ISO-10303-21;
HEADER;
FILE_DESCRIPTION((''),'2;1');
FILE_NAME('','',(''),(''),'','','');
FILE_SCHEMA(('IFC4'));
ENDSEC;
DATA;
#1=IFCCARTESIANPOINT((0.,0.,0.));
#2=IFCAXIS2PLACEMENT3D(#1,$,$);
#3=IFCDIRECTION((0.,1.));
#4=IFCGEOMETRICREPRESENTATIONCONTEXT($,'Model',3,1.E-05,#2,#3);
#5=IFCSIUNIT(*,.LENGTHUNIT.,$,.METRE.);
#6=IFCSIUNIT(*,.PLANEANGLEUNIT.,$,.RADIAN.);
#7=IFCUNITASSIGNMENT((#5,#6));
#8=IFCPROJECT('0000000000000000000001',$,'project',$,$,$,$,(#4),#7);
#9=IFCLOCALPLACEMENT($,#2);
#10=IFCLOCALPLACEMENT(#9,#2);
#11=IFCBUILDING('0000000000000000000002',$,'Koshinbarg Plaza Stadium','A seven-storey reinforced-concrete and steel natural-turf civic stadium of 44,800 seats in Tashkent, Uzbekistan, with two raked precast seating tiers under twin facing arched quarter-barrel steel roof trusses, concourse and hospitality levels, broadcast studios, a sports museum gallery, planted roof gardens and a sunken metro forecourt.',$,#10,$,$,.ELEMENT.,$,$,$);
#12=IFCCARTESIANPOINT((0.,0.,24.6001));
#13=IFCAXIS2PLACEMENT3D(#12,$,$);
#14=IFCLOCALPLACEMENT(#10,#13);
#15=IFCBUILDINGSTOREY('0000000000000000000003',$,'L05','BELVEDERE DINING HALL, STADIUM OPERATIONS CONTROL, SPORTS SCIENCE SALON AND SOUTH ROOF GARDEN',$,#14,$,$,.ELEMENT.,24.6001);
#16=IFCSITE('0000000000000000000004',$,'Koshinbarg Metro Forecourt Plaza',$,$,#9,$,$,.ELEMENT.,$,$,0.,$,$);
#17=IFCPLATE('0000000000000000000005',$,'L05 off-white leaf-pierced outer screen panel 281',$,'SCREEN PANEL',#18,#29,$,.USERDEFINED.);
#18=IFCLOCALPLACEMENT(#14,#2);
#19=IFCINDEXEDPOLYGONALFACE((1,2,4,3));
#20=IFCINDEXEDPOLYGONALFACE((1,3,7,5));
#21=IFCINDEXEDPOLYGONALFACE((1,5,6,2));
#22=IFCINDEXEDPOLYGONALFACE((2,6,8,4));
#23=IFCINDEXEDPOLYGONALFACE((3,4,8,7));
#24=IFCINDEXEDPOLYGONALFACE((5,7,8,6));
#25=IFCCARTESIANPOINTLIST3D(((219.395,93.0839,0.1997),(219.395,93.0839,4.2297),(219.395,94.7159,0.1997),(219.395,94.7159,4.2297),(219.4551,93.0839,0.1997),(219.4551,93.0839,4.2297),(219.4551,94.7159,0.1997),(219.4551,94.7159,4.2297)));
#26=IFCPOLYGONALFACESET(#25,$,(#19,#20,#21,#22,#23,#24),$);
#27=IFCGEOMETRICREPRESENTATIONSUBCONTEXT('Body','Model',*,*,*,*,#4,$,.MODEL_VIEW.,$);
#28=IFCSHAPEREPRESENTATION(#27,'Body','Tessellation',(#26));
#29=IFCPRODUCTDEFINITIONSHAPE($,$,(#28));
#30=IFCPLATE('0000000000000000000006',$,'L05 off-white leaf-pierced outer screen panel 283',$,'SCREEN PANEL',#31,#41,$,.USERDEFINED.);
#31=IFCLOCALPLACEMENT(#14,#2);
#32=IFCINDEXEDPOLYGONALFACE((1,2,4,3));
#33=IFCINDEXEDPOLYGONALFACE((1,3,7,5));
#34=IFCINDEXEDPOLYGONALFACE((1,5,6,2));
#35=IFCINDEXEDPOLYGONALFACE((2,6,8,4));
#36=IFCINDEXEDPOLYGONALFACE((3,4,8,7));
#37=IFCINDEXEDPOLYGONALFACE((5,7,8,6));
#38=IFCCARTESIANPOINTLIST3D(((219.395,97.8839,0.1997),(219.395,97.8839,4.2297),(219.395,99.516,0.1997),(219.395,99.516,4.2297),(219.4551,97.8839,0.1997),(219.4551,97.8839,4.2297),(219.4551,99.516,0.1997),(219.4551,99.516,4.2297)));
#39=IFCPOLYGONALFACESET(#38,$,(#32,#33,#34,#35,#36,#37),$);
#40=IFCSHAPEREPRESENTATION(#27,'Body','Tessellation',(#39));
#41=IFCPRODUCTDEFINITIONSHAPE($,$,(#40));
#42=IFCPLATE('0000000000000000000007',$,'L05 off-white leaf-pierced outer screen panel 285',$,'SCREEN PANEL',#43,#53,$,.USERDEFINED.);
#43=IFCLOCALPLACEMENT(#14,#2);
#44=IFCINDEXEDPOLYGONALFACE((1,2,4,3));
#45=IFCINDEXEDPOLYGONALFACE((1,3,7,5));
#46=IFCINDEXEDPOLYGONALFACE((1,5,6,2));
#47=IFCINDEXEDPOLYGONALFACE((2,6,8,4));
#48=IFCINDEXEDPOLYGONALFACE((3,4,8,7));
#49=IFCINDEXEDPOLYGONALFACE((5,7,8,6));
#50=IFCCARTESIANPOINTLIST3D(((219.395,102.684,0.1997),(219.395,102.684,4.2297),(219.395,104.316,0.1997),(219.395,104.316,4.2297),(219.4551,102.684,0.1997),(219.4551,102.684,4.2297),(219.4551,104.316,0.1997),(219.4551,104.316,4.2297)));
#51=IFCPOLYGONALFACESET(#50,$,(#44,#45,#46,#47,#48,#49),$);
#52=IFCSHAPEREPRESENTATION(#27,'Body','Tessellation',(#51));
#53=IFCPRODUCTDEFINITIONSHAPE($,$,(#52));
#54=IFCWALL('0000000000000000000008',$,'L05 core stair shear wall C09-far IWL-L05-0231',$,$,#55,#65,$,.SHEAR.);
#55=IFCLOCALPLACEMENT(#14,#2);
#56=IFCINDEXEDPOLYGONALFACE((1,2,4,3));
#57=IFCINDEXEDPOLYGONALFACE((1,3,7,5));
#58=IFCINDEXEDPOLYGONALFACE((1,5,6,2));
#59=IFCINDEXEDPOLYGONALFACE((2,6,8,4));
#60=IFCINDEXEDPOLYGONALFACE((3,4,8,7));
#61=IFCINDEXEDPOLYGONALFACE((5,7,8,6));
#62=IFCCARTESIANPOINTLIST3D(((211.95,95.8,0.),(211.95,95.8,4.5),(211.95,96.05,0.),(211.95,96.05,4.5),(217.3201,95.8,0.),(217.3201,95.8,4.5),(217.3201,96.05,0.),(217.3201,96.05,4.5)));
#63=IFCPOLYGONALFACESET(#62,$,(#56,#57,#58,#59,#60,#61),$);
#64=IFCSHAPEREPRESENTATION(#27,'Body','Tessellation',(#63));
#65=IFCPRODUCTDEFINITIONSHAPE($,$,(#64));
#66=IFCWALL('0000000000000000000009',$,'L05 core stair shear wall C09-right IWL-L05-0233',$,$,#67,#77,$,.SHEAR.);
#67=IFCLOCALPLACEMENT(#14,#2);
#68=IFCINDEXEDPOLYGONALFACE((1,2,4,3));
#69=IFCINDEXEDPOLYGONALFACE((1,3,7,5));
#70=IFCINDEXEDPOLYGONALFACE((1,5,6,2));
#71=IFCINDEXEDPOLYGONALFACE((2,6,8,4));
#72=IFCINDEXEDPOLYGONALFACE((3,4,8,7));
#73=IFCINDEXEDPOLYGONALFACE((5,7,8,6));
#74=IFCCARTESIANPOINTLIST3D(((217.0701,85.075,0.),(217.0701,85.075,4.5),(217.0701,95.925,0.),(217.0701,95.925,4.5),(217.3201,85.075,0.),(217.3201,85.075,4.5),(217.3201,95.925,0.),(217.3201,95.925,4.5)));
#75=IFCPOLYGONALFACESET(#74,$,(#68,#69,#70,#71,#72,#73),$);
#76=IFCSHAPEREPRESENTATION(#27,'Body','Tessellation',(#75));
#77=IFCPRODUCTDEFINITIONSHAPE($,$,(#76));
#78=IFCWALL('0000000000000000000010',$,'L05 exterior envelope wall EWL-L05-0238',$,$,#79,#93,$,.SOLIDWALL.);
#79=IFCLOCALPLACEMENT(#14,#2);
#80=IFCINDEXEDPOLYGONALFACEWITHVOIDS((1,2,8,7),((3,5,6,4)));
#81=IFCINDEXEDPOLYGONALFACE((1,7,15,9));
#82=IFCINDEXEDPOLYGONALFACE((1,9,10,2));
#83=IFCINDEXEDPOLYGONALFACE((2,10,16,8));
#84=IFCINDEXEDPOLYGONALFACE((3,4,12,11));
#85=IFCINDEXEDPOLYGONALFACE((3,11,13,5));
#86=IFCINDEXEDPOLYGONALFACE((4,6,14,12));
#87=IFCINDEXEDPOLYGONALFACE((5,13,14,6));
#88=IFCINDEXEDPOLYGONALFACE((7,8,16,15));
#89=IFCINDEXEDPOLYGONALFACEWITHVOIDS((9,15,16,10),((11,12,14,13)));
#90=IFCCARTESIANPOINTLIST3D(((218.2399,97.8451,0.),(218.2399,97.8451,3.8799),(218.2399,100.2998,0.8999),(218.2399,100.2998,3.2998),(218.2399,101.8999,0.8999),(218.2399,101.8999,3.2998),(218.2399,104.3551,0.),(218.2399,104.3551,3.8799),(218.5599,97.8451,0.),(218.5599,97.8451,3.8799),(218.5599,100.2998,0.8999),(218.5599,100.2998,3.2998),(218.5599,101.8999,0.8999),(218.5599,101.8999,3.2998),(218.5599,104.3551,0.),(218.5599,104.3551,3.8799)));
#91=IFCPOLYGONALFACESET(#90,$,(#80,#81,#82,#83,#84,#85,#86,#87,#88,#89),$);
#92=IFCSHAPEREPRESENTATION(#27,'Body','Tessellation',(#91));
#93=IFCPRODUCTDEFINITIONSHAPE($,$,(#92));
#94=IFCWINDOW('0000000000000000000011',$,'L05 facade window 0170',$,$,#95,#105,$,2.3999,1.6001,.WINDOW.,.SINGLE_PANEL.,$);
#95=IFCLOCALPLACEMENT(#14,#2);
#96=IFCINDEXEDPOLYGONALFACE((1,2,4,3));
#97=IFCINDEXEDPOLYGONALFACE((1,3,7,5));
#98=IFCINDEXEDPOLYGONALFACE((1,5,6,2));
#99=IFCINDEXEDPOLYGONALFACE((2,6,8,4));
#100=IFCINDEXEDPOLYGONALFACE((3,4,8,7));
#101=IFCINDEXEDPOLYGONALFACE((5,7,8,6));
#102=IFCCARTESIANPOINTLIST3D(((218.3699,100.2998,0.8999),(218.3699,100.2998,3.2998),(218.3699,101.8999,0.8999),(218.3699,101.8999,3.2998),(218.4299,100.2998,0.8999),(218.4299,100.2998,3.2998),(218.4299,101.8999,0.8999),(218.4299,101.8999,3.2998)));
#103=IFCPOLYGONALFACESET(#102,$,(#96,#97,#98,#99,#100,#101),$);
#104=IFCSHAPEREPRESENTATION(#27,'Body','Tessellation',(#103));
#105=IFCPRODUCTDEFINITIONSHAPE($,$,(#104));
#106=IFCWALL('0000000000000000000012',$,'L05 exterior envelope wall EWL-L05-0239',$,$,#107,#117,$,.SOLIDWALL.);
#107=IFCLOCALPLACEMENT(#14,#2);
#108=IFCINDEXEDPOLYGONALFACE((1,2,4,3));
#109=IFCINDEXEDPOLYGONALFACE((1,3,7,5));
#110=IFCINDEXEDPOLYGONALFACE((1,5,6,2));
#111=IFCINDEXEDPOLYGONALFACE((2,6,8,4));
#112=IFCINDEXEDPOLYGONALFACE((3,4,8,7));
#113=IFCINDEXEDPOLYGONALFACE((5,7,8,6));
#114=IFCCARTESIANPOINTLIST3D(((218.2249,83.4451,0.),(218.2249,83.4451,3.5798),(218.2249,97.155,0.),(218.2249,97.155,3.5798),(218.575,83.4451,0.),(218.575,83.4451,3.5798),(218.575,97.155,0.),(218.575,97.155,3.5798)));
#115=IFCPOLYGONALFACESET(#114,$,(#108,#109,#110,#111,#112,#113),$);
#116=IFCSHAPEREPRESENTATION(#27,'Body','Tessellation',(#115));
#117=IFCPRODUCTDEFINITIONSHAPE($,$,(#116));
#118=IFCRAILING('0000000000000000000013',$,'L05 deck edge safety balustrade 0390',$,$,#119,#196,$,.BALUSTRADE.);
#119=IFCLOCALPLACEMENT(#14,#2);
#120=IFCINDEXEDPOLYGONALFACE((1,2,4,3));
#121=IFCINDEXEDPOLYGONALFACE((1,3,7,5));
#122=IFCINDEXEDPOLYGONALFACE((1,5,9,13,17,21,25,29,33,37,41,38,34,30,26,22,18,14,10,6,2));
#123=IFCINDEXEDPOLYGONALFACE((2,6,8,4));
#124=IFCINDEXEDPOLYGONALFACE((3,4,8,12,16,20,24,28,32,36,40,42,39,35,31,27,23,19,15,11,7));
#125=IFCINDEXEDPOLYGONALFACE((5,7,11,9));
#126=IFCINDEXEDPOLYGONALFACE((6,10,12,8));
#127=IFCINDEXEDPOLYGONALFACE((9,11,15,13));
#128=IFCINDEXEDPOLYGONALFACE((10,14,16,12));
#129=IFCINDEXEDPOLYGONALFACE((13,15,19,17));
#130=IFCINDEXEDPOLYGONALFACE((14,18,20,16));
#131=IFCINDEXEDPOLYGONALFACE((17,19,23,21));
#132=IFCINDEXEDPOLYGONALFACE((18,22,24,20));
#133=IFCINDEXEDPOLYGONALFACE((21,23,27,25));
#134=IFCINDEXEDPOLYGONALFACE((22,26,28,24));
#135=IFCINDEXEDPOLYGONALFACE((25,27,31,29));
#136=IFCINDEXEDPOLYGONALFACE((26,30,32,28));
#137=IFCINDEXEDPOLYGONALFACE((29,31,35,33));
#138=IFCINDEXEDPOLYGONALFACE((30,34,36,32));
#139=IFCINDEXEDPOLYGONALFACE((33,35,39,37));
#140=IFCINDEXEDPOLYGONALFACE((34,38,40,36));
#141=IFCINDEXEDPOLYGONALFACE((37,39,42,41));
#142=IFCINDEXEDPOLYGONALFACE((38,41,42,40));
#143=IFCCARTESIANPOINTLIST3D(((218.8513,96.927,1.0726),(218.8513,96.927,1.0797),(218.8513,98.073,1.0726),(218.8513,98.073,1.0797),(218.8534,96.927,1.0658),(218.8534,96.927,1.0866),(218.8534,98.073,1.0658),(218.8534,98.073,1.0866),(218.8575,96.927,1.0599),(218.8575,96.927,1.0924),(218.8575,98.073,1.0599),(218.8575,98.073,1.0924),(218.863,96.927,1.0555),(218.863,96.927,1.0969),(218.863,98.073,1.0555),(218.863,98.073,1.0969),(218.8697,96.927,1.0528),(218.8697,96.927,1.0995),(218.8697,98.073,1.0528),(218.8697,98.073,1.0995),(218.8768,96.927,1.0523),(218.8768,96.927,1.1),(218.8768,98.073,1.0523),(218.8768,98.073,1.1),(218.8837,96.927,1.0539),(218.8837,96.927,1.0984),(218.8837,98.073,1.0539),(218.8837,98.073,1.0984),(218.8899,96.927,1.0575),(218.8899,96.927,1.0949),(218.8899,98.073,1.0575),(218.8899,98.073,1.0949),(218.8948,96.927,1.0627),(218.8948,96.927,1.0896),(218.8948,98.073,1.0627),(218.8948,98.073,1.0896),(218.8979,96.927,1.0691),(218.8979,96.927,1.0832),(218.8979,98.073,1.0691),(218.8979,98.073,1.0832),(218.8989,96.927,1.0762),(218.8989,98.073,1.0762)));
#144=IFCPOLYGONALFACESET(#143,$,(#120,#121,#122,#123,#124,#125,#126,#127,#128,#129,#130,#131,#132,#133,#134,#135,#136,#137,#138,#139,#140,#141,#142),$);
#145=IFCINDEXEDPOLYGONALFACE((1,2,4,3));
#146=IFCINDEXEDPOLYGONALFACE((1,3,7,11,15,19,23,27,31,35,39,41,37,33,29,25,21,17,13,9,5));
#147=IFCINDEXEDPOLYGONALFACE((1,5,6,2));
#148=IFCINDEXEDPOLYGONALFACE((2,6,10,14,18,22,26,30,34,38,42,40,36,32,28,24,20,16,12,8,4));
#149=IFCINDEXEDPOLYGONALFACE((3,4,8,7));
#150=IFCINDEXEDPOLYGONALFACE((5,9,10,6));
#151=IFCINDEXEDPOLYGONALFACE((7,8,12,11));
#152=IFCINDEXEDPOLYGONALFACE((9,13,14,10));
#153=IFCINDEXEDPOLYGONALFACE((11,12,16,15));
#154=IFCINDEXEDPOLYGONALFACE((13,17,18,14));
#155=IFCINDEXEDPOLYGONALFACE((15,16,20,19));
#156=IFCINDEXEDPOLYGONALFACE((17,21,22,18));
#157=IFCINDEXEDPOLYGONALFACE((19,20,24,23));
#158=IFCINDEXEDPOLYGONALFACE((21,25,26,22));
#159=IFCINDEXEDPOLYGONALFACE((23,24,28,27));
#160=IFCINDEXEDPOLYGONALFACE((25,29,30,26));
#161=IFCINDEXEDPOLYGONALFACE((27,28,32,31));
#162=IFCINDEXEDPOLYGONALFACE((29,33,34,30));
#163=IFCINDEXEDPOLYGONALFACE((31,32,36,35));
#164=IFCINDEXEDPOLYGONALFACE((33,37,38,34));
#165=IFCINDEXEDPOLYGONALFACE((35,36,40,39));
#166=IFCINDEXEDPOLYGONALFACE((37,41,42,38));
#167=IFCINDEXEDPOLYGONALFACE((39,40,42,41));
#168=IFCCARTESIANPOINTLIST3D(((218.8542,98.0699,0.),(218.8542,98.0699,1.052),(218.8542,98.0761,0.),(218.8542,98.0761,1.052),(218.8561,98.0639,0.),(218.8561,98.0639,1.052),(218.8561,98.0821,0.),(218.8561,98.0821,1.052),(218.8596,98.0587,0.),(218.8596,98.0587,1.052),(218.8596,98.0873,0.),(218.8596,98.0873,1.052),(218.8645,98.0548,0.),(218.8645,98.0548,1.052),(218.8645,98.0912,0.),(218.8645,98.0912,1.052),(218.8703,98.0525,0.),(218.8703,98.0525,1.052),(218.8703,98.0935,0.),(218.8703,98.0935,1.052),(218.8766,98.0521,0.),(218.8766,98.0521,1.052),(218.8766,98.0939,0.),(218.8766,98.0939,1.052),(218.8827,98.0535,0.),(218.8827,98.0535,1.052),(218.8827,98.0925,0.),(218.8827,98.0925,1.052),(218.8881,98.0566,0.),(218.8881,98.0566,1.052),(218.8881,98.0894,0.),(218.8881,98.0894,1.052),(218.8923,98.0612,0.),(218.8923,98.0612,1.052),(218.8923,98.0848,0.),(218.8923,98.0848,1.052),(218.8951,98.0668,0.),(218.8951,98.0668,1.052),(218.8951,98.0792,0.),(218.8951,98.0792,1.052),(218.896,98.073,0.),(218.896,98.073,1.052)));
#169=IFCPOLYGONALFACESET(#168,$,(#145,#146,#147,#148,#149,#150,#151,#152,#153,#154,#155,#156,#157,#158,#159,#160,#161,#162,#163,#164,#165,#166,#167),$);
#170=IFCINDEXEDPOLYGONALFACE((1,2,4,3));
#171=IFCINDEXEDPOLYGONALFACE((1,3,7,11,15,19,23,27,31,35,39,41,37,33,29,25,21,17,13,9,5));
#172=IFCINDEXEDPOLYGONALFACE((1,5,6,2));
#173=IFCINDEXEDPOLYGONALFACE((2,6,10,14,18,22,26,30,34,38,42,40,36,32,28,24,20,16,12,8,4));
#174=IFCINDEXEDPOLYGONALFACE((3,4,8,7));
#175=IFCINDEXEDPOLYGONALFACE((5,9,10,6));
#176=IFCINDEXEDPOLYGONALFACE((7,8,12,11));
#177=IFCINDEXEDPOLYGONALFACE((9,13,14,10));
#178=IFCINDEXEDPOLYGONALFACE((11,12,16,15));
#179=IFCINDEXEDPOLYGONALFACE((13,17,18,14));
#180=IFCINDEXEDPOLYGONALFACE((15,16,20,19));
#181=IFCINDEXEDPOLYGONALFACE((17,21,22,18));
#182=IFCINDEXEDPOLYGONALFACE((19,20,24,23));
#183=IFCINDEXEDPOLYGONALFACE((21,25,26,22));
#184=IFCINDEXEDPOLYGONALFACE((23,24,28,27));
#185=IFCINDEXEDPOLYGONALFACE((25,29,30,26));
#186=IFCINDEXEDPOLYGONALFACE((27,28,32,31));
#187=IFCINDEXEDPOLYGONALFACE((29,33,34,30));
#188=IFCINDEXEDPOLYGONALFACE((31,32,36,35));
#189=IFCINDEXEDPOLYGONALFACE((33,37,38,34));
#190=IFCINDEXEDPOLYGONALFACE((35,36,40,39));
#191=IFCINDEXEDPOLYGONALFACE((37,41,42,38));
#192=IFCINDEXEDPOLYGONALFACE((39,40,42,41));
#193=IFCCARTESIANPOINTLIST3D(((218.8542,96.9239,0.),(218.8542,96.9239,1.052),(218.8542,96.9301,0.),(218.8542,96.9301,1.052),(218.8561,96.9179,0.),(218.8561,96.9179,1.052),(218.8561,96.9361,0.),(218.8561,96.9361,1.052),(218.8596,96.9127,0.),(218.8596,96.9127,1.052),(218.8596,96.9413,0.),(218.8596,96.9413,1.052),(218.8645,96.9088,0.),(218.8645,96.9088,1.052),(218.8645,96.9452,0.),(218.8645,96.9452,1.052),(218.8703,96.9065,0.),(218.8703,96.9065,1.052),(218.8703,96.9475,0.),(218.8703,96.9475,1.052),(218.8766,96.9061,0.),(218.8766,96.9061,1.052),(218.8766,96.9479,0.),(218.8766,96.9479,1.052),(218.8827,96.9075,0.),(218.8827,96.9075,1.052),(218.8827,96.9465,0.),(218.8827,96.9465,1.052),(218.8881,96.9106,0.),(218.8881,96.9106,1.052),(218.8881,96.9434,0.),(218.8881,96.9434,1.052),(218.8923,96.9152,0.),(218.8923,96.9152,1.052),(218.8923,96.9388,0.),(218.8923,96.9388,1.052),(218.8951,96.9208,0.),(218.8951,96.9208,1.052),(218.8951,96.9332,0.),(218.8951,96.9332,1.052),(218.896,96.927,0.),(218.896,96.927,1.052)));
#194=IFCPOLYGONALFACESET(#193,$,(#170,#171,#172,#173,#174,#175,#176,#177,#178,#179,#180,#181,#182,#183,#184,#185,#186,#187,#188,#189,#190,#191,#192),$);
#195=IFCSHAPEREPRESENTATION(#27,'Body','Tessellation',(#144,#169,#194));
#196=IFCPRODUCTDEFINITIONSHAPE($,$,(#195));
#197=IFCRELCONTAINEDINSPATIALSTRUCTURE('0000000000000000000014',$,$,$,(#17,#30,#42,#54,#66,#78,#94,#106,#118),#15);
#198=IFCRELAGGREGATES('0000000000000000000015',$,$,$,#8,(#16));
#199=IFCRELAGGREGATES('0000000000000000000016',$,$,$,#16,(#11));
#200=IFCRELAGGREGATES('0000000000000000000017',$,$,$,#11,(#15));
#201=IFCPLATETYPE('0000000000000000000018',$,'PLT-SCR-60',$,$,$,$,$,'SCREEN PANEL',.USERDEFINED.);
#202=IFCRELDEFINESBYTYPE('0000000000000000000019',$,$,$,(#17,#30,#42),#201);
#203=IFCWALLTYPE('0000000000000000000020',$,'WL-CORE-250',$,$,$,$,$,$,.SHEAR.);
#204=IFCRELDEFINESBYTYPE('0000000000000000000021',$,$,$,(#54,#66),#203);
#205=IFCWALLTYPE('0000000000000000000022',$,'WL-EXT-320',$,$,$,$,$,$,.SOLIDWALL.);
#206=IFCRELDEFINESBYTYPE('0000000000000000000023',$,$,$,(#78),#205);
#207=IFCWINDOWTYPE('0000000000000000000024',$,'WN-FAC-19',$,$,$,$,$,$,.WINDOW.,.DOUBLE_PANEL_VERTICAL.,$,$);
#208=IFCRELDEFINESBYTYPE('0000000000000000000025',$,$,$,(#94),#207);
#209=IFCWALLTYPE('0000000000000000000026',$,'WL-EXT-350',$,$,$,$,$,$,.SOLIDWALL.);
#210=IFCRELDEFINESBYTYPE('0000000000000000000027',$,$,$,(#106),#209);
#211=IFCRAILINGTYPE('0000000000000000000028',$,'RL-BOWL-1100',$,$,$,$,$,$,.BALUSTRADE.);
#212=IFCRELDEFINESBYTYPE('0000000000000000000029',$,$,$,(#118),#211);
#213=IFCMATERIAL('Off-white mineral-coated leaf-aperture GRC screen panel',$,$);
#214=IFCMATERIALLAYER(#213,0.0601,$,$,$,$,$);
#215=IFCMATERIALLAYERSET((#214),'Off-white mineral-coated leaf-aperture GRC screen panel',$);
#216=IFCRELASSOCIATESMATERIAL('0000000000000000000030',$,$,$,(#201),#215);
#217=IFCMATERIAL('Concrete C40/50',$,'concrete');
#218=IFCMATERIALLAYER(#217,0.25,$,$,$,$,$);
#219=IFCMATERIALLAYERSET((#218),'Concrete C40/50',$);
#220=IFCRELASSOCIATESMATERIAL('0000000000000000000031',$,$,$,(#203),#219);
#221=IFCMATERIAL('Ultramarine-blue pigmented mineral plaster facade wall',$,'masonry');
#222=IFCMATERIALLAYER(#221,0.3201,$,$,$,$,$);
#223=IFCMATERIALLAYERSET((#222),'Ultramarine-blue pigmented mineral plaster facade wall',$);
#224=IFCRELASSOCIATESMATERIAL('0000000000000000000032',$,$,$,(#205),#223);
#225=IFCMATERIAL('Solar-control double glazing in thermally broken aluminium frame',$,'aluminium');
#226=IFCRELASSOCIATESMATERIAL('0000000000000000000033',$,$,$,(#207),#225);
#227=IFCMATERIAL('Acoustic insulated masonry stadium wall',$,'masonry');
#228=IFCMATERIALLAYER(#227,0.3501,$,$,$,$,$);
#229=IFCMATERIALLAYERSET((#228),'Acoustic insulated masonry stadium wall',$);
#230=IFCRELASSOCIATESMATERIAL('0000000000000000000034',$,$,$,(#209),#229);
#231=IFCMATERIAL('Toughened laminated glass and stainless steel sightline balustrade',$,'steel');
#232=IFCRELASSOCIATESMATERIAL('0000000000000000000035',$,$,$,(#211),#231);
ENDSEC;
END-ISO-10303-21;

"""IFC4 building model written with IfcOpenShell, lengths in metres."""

from ifc_helpers import new_model, si_unit, direction, frame, frame_2d, origin, origin_2d, place, context, subcontext, project, spatial, rectangle, circle, extrude, material, layer, layer_set, type_object, element, fill, save


model = new_model("IFC4")

# Units and contexts
model_context = context("Model", 3, precision=1e-05, world=origin(), true_north=direction((0.0, 1.0)))
body_context = subcontext(model_context, "Body", "Model", "MODEL_VIEW")
ifc_project = project(units=[si_unit("LENGTHUNIT", "METRE"), si_unit("PLANEANGLEUNIT", "RADIAN")], contexts=[model_context])

# Site, building, storey
site_placement = place(None, origin())
site = spatial("IfcSite", under=ifc_project, at=site_placement, Name="Koshinbarg Metro Forecourt Plaza", CompositionType="ELEMENT", RefElevation=0.0)
building_placement = place(site_placement, origin())
building = spatial("IfcBuilding", under=site, at=building_placement, Name="Koshinbarg Plaza Stadium", Description="A seven-storey reinforced-concrete and steel natural-turf civic stadium of 44,800 seats in Tashkent, Uzbekistan, with two raked precast seating tiers under twin facing arched quarter-barrel steel roof trusses, concourse and hospitality levels, broadcast studios, a sports museum gallery, planted roof gardens and a sunken metro forecourt.", CompositionType="ELEMENT")
storey_placement = place(building_placement, frame((0.0, 0.0, 24.6001)))
storey = spatial("IfcBuildingStorey", under=building, at=storey_placement, Name="L05", Description="BELVEDERE DINING HALL, STADIUM OPERATIONS CONTROL, SPORTS SCIENCE SALON AND SOUTH ROOF GARDEN", CompositionType="ELEMENT", Elevation=24.6001)

# Shared definitions
ifc_material_1 = material(Name="Concrete C40/50", Category="concrete")

# Plates
ifc_material_2 = material(Name="Off-white mineral-coated leaf-aperture GRC screen panel")
ifc_layer_1 = layer(ifc_material_2, 0.0601)
ifc_layer_set_1 = layer_set([ifc_layer_1], Name="Off-white mineral-coated leaf-aperture GRC screen panel")
plate_type_1 = type_object("IfcPlateType", Name="PLT-SCR-60", ElementType="SCREEN PANEL", PredefinedType="USERDEFINED", material=ifc_layer_set_1)
for number, where, z_axis, x_axis, name in (
    (1, (219.425, 93.8999, 0.1997), (0.0, 0.0, 1.0), (1.0, 0.0, 0.0), "L05 off-white leaf-pierced outer screen panel 281"),
    (2, (219.425, 98.7, 0.1997), (0.0, 0.0, 1.0), (1.0, 0.0, 0.0), "L05 off-white leaf-pierced outer screen panel 283"),
    (3, (219.425, 103.5, 0.1997), (0.0, 0.0, 1.0), (1.0, 0.0, 0.0), "L05 off-white leaf-pierced outer screen panel 285"),
):
    element("IfcPlate", number, at=place(storey_placement, frame(where, z_axis=z_axis, x_axis=x_axis)), inside=storey, type_object=plate_type_1, Name=name, ObjectType="SCREEN PANEL", PredefinedType="USERDEFINED", context=body_context, shape_type="SweptSolid", body=[
        extrude(rectangle(XDim=0.0601, YDim=1.6321, at=origin_2d()), origin(), (0.0, 0.0, 1.0), 4.03),
    ])

# Walls
ifc_layer_2 = layer(ifc_material_1, 0.25)
ifc_layer_set_2 = layer_set([ifc_layer_2], Name="Concrete C40/50")
wall_type_1 = type_object("IfcWallType", Name="WL-CORE-250", PredefinedType="SHEAR", material=ifc_layer_set_2)
wall_1_placement = place(storey_placement, frame((217.3201, 95.925, 0.0), z_axis=(0.0, 0.0, 1.0), x_axis=(-1.0, 0.0, 0.0)))
element("IfcWall", 4, at=wall_1_placement, inside=storey, type_object=wall_type_1, Name="L05 core stair shear wall C09-far IWL-L05-0231", PredefinedType="SHEAR", context=body_context, shape_type="SweptSolid", body=[
    extrude(rectangle(XDim=5.3701, YDim=0.25, at=frame_2d((2.6851, 0.0))), origin(), (0.0, 0.0, 1.0), 4.5),
])
wall_2_placement = place(storey_placement, frame((217.1951, 85.075, 0.0), z_axis=(0.0, 0.0, 1.0), x_axis=(0.0, 1.0, 0.0)))
element("IfcWall", 5, at=wall_2_placement, inside=storey, type_object=wall_type_1, Name="L05 core stair shear wall C09-right IWL-L05-0233", PredefinedType="SHEAR", context=body_context, shape_type="SweptSolid", body=[
    extrude(rectangle(XDim=10.8501, YDim=0.25, at=frame_2d((5.425, 0.0))), origin(), (0.0, 0.0, 1.0), 4.5),
])

# Wall, opening, window
ifc_material_3 = material(Name="Ultramarine-blue pigmented mineral plaster facade wall", Category="masonry")
ifc_layer_3 = layer(ifc_material_3, 0.3201)
ifc_layer_set_3 = layer_set([ifc_layer_3], Name="Ultramarine-blue pigmented mineral plaster facade wall")
wall_type_2 = type_object("IfcWallType", Name="WL-EXT-320", PredefinedType="SOLIDWALL", material=ifc_layer_set_3)
wall_3_placement = place(storey_placement, frame((218.3999, 104.355, 0.0), z_axis=(0.0, 0.0, 1.0), x_axis=(0.0, -1.0, 0.0)))
wall_3 = element("IfcWall", 6, at=wall_3_placement, inside=storey, type_object=wall_type_2, Name="L05 exterior envelope wall EWL-L05-0238", PredefinedType="SOLIDWALL", context=body_context, shape_type="SweptSolid", body=[
    extrude(rectangle(XDim=6.51, YDim=0.3201, at=frame_2d((3.2549, 0.0))), origin(), (0.0, 0.0, 1.0), 3.8799),
])
opening_placement = place(wall_3_placement, frame((2.4551, 0.0, 0.8999)))
opening = element("IfcOpeningElement", 7, at=opening_placement, cuts=wall_3, PredefinedType="OPENING", context=body_context, shape_type="SweptSolid", body=[
    extrude(rectangle(XDim=1.6001, YDim=2.3999, at=frame_2d((0.8, 1.2))), frame((0.0, 0.1699, 0.0), z_axis=(0.0, -1.0, 0.0), x_axis=(1.0, 0.0, 0.0)), (0.0, 0.0, 1.0), 0.3401),
])
ifc_material_4 = material(Name="Solar-control double glazing in thermally broken aluminium frame", Category="aluminium")
window_type = type_object("IfcWindowType", Name="WN-FAC-19", PartitioningType="DOUBLE_PANEL_VERTICAL", PredefinedType="WINDOW", material=ifc_material_4)
window_placement = place(opening_placement, origin())
window = element("IfcWindow", 8, at=window_placement, inside=storey, type_object=window_type, Name="L05 facade window 0170", OverallHeight=2.3999, OverallWidth=1.6001, PartitioningType="SINGLE_PANEL", PredefinedType="WINDOW", context=body_context, shape_type="SweptSolid", body=[
    extrude(rectangle(XDim=1.6001, YDim=2.3999, at=frame_2d((0.8, 1.2))), frame((0.0, 0.03, 0.0), z_axis=(0.0, -1.0, 0.0), x_axis=(1.0, 0.0, 0.0)), (0.0, 0.0, 1.0), 0.0601),
])
fill(opening, window)

# Wall
ifc_material_5 = material(Name="Acoustic insulated masonry stadium wall", Category="masonry")
ifc_layer_4 = layer(ifc_material_5, 0.3501)
ifc_layer_set_4 = layer_set([ifc_layer_4], Name="Acoustic insulated masonry stadium wall")
wall_type_3 = type_object("IfcWallType", Name="WL-EXT-350", PredefinedType="SOLIDWALL", material=ifc_layer_set_4)
wall_4_placement = place(storey_placement, frame((218.3999, 97.155, 0.0), z_axis=(0.0, 0.0, 1.0), x_axis=(0.0, -1.0, 0.0)))
element("IfcWall", 9, at=wall_4_placement, inside=storey, type_object=wall_type_3, Name="L05 exterior envelope wall EWL-L05-0239", PredefinedType="SOLIDWALL", context=body_context, shape_type="SweptSolid", body=[
    extrude(rectangle(XDim=13.71, YDim=0.3501, at=frame_2d((6.855, 0.0))), origin(), (0.0, 0.0, 1.0), 3.5798),
])

# Railing
ifc_material_6 = material(Name="Toughened laminated glass and stainless steel sightline balustrade", Category="steel")
railing_type_1 = type_object("IfcRailingType", Name="RL-BOWL-1100", PredefinedType="BALUSTRADE", material=ifc_material_6)
railing_1_placement = place(storey_placement, frame((218.875, 98.073, 0.0)))
element("IfcRailing", 10, at=railing_1_placement, inside=storey, type_object=railing_type_1, Name="L05 deck edge safety balustrade 0390", PredefinedType="BALUSTRADE", context=body_context, shape_type="SweptSolid", body=[
    extrude(circle(Radius=0.0239, at=origin_2d()), frame((0.0, 0.0, 1.0762), z_axis=(0.0, -1.0, 0.0), x_axis=(1.0, 0.0, 0.0)), (0.0, 0.0, 1.0), 1.146),
    extrude(circle(Radius=0.021, at=origin_2d()), origin(), (0.0, 0.0, 1.0), 1.052),
    extrude(circle(Radius=0.021, at=origin_2d()), frame((0.0, -1.146, 0.0)), (0.0, 0.0, 1.0), 1.052),
])

save(model, "model.ifc")
